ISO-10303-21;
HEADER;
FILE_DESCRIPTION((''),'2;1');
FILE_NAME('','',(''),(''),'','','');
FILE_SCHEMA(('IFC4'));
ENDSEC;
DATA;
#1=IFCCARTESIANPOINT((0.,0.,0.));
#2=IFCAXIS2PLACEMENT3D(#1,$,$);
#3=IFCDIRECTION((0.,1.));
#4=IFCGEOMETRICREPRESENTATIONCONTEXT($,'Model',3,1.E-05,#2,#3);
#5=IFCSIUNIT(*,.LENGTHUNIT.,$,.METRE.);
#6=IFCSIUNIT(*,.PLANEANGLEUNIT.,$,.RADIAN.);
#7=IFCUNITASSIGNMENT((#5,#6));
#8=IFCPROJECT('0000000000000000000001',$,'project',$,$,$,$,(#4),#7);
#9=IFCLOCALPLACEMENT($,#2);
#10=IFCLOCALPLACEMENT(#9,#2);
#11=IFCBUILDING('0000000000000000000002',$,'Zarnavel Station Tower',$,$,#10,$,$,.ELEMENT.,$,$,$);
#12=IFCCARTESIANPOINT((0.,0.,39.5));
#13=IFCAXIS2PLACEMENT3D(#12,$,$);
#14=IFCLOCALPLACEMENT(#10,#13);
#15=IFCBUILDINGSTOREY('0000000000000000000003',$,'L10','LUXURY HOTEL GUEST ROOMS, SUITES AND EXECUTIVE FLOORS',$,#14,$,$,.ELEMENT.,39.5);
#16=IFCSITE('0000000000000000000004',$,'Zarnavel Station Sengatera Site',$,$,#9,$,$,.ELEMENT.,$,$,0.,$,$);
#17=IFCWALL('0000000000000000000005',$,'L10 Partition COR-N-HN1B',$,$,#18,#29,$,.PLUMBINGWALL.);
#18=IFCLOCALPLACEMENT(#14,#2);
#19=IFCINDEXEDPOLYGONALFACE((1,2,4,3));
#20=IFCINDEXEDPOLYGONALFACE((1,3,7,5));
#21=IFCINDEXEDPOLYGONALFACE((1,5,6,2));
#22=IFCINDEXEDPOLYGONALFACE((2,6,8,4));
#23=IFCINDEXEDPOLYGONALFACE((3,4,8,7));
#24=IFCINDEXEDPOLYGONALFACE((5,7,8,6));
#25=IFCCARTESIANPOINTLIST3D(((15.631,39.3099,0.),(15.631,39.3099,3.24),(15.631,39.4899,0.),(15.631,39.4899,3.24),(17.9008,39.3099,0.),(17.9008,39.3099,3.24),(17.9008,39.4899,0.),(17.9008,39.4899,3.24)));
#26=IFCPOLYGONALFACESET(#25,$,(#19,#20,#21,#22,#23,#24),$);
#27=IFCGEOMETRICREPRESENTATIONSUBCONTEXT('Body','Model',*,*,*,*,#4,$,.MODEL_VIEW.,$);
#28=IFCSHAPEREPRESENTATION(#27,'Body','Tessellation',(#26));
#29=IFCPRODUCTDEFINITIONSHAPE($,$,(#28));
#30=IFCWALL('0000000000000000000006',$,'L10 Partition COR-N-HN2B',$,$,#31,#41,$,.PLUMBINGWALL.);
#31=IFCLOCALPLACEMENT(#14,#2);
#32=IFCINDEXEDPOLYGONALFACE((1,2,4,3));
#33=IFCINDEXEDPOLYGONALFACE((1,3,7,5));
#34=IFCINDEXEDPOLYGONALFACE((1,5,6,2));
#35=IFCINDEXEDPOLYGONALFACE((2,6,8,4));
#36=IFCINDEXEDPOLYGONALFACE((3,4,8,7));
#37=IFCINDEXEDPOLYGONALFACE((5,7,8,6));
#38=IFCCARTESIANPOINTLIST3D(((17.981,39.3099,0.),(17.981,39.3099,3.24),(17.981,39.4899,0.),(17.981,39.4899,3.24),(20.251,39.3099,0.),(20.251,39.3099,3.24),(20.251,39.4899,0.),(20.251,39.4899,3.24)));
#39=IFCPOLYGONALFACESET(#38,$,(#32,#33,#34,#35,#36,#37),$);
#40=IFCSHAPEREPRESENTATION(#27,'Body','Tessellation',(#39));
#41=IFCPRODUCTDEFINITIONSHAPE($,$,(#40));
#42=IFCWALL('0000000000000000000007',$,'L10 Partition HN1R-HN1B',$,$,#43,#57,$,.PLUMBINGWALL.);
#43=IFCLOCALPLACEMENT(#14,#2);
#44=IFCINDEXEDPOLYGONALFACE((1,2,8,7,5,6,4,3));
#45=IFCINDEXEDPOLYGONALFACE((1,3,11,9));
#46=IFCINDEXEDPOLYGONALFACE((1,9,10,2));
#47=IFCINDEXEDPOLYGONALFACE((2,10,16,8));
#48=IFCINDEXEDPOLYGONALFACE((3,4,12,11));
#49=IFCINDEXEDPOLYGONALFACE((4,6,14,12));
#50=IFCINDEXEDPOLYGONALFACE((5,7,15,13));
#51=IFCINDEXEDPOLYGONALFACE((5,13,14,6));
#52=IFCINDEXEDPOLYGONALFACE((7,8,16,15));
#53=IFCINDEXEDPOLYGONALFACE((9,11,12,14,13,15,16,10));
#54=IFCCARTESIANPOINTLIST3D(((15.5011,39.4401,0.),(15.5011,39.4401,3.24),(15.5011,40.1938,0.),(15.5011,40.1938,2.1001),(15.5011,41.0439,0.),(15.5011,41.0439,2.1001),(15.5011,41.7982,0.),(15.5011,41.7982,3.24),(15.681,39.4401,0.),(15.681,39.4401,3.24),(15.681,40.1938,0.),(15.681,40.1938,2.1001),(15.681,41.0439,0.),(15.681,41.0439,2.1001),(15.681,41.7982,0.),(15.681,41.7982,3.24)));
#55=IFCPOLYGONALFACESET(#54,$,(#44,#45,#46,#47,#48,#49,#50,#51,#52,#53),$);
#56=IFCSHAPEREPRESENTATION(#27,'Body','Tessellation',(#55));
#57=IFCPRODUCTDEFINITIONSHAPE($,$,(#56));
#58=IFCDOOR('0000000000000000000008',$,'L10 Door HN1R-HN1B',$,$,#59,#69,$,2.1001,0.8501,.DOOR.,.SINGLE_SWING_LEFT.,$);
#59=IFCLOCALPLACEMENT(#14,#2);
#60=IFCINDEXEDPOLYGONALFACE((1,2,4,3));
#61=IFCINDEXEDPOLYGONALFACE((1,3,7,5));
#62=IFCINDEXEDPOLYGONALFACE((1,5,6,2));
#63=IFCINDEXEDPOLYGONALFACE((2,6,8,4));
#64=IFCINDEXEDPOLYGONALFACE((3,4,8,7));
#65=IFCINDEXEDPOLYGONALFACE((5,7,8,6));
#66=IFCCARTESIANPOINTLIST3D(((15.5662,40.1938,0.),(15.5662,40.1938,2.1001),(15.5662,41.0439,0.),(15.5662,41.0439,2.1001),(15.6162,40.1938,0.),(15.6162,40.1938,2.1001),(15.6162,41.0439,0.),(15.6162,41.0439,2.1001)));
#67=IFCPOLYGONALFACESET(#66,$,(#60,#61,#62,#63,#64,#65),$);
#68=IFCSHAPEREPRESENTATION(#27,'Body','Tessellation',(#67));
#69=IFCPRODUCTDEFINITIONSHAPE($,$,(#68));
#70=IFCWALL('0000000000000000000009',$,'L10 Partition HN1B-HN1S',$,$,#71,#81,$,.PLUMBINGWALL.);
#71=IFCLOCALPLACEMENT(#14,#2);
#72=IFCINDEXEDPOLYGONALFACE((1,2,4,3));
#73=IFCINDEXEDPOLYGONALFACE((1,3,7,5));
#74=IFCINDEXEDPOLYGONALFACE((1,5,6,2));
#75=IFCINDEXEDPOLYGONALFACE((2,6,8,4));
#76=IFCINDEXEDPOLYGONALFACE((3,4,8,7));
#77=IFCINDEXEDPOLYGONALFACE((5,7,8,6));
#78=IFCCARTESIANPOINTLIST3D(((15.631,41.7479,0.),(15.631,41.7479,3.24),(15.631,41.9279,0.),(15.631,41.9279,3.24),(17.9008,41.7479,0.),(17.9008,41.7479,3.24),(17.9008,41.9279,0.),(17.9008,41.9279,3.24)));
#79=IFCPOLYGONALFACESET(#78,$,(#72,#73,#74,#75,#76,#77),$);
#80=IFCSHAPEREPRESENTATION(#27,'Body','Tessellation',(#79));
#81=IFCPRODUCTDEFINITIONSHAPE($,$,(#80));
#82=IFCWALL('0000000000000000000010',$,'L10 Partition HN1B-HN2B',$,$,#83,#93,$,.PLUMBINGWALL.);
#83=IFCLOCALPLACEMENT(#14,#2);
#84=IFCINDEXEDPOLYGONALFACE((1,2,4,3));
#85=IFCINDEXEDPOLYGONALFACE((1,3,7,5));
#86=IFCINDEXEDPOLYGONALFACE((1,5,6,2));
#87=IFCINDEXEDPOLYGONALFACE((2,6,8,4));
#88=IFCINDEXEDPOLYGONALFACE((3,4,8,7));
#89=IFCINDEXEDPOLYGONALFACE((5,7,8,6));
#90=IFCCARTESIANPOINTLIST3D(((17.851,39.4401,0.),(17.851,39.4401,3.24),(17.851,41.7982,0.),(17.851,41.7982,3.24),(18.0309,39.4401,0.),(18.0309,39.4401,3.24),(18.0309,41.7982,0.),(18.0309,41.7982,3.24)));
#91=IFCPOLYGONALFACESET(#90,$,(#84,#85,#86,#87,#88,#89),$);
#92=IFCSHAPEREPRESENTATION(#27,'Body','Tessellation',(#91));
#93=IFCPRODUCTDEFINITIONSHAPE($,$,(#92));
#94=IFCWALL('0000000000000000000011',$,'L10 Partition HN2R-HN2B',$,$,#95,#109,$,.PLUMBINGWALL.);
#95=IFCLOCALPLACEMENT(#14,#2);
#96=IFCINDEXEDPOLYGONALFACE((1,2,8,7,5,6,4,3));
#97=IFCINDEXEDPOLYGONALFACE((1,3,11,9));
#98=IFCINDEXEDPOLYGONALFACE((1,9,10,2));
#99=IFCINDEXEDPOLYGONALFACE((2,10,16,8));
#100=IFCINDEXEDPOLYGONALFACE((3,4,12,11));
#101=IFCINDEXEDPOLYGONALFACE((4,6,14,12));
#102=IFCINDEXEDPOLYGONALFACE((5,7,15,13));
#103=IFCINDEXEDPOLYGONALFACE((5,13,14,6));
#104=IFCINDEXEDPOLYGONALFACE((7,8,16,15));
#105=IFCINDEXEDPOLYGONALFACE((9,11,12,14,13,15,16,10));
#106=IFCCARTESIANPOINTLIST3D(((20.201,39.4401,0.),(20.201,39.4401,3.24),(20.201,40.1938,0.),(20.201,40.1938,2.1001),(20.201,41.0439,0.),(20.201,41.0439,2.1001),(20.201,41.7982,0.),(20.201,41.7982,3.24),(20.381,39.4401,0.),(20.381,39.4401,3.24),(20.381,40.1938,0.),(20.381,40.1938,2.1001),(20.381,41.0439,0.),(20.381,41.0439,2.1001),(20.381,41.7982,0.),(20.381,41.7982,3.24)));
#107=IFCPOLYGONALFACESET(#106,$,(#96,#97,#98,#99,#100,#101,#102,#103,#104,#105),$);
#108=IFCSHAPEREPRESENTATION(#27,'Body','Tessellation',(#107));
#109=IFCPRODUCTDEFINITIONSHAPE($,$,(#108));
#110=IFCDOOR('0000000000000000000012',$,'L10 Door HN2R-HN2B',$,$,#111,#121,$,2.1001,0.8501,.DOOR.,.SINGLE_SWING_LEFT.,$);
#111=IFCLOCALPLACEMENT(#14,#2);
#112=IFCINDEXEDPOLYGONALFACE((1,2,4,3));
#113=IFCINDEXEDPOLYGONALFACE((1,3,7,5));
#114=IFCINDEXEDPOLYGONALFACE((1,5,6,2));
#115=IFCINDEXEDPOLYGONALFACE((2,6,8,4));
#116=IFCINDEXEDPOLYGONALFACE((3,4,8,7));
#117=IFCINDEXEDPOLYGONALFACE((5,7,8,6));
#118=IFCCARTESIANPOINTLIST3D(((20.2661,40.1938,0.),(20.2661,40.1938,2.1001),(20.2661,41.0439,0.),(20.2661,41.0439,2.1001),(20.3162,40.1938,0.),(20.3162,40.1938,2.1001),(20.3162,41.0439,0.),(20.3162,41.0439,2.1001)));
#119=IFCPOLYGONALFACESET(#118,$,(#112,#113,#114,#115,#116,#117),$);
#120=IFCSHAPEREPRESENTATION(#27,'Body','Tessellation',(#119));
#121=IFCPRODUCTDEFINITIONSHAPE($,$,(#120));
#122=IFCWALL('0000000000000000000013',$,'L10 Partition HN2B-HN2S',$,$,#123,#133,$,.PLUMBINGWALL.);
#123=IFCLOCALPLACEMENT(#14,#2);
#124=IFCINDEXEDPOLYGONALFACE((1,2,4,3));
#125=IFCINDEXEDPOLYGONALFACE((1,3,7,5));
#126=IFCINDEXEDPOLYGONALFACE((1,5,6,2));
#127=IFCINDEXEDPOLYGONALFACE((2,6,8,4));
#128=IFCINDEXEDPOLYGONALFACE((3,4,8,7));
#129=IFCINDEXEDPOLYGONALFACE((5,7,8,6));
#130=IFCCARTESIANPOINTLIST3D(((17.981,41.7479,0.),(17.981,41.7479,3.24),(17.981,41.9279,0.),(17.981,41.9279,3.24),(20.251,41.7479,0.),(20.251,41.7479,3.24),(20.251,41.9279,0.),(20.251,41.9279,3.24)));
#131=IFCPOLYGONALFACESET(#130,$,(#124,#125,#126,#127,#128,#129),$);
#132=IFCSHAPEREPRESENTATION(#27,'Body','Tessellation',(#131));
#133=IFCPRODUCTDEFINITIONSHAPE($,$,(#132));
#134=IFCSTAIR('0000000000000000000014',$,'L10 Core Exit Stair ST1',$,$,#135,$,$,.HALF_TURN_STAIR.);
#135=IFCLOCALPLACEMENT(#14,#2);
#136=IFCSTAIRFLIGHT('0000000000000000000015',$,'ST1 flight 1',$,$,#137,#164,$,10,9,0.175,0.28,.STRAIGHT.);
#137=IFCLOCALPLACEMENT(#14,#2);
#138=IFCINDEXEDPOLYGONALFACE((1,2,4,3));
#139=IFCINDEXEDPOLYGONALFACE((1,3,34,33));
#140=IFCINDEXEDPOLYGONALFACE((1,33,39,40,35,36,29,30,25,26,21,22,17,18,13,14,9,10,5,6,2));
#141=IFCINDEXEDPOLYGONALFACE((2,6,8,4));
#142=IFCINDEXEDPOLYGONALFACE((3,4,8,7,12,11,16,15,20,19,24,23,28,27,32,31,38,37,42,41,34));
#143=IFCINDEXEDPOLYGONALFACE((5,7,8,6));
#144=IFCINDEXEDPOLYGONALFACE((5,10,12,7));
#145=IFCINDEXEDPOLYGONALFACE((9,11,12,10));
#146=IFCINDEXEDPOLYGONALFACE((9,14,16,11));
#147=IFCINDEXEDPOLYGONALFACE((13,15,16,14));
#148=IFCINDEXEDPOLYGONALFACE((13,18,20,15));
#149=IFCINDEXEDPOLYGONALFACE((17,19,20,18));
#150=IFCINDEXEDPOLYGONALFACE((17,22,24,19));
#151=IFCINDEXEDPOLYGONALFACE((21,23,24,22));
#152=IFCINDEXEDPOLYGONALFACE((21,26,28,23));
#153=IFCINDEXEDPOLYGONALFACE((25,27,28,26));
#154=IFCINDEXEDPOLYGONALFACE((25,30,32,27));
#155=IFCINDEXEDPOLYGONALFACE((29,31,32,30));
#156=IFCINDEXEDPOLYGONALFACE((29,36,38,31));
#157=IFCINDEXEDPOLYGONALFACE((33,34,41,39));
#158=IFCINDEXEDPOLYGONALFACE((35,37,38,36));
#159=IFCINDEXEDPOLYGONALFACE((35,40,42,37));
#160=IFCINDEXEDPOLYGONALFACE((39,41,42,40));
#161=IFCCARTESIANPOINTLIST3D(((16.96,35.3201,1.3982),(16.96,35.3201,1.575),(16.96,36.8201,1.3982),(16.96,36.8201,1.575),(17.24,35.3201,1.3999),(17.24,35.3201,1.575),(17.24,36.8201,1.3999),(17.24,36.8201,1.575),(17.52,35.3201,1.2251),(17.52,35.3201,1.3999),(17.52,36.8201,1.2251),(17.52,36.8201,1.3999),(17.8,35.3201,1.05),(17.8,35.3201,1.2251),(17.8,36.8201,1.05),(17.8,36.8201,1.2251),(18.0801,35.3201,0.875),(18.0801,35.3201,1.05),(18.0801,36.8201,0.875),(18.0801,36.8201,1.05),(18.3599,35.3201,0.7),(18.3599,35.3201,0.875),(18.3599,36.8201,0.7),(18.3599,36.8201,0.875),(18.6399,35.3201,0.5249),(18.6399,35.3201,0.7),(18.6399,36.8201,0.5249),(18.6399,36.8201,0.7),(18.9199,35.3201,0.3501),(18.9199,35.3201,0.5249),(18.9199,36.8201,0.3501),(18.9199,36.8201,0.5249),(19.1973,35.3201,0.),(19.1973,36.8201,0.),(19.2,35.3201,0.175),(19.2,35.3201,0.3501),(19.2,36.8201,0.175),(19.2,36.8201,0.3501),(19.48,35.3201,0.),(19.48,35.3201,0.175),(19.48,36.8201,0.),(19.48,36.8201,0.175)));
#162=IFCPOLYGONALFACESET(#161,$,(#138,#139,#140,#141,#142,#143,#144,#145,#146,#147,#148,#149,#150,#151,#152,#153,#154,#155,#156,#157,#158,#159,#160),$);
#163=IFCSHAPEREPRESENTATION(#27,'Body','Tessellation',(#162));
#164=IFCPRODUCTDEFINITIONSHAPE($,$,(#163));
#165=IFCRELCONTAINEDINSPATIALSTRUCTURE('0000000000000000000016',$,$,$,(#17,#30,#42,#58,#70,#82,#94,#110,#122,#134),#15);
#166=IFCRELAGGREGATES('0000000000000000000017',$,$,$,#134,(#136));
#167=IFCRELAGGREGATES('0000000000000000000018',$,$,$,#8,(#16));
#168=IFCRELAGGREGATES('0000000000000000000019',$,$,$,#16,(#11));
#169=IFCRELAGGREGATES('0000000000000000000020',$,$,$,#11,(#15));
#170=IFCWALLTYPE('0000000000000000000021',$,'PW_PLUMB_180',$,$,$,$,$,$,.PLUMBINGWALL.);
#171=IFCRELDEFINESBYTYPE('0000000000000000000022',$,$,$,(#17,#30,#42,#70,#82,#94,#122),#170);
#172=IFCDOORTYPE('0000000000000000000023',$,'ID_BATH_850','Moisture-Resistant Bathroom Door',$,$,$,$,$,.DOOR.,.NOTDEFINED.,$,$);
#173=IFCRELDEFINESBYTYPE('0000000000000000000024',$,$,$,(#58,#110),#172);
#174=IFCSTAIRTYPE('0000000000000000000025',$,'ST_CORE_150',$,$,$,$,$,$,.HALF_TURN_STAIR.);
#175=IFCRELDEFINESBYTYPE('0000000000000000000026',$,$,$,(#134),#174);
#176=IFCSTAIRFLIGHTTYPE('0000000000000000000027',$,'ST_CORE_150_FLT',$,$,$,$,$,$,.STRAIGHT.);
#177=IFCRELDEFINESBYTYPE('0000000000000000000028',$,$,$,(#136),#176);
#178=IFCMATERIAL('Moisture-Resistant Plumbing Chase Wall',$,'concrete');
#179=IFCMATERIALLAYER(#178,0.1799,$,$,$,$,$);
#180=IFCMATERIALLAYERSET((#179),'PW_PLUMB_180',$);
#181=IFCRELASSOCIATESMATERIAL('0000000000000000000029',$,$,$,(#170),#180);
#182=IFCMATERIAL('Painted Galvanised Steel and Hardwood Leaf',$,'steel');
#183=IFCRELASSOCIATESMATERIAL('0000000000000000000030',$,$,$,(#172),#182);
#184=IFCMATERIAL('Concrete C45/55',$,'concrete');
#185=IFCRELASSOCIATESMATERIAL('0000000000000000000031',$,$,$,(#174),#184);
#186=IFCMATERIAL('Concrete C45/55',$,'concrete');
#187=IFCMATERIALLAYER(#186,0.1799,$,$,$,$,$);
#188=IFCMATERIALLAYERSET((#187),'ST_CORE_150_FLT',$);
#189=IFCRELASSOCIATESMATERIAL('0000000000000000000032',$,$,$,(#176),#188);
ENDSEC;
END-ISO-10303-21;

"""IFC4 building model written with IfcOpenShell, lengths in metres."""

from ifc_helpers import new_model, si_unit, direction, frame, frame_2d, origin, place, context, subcontext, project, spatial, polyline, rectangle, outline, extrude, material, layer, layer_set, type_object, element, fill, aggregate, save


model = new_model("IFC4")

# Units and contexts
model_context = context("Model", 3, precision=1e-05, world=origin(), true_north=direction((0.0, 1.0)))
body_context = subcontext(model_context, "Body", "Model", "MODEL_VIEW")
ifc_project = project(units=[si_unit("LENGTHUNIT", "METRE"), si_unit("PLANEANGLEUNIT", "RADIAN")], contexts=[model_context])

# Site, building, storey
site_placement = place(None, origin())
site = spatial("IfcSite", under=ifc_project, at=site_placement, Name="Zarnavel Station Sengatera Site", CompositionType="ELEMENT", RefElevation=0.0)
building_placement = place(site_placement, origin())
building = spatial("IfcBuilding", under=site, at=building_placement, Name="Zarnavel Station Tower", CompositionType="ELEMENT")
storey_placement = place(building_placement, frame((0.0, 0.0, 39.5)))
storey = spatial("IfcBuildingStorey", under=building, at=storey_placement, Name="L10", Description="LUXURY HOTEL GUEST ROOMS, SUITES AND EXECUTIVE FLOORS", CompositionType="ELEMENT", Elevation=39.5)

# Walls
ifc_material_1 = material(Name="Moisture-Resistant Plumbing Chase Wall", Category="concrete")
ifc_layer_1 = layer(ifc_material_1, 0.1799)
ifc_layer_set_1 = layer_set([ifc_layer_1], Name="PW_PLUMB_180")
wall_type_1 = type_object("IfcWallType", Name="PW_PLUMB_180", PredefinedType="PLUMBINGWALL", material=ifc_layer_set_1)
wall_1_placement = place(storey_placement, frame((15.6311, 39.3999, 0.0), z_axis=(0.0, 0.0, 1.0), x_axis=(1.0, 0.0, 0.0)))
element("IfcWall", 1, at=wall_1_placement, inside=storey, type_object=wall_type_1, Name="L10 Partition COR-N-HN1B", PredefinedType="PLUMBINGWALL", context=body_context, shape_type="SweptSolid", body=[
    extrude(rectangle(XDim=2.2698, YDim=0.1799, at=frame_2d((1.1348, 0.0))), origin(), (0.0, 0.0, 1.0), 3.24),
])
wall_2_placement = place(storey_placement, frame((17.981, 39.3999, 0.0), z_axis=(0.0, 0.0, 1.0), x_axis=(1.0, 0.0, 0.0)))
element("IfcWall", 2, at=wall_2_placement, inside=storey, type_object=wall_type_1, Name="L10 Partition COR-N-HN2B", PredefinedType="PLUMBINGWALL", context=body_context, shape_type="SweptSolid", body=[
    extrude(rectangle(XDim=2.27, YDim=0.1799, at=frame_2d((1.135, 0.0))), origin(), (0.0, 0.0, 1.0), 3.24),
])

# Wall, opening, door
wall_3_placement = place(storey_placement, frame((15.5911, 39.4399, 0.0), z_axis=(0.0, 0.0, 1.0), x_axis=(0.0, 1.0, 0.0)))
wall_3 = element("IfcWall", 3, at=wall_3_placement, inside=storey, type_object=wall_type_1, Name="L10 Partition HN1R-HN1B", PredefinedType="PLUMBINGWALL", context=body_context, shape_type="SweptSolid", body=[
    extrude(rectangle(XDim=2.3582, YDim=0.1799, at=frame_2d((1.1792, 0.0))), origin(), (0.0, 0.0, 1.0), 3.24),
])
opening_1_placement = place(wall_3_placement, frame((0.7539, 0.0, 0.0)))
opening_1 = element("IfcOpeningElement", 4, at=opening_1_placement, cuts=wall_3, PredefinedType="OPENING", context=body_context, shape_type="SweptSolid", body=[
    extrude(rectangle(XDim=0.8501, YDim=2.1001, at=frame_2d((0.425, 1.05))), frame((0.0, 0.0999, 0.0), z_axis=(0.0, -1.0, 0.0), x_axis=(1.0, 0.0, 0.0)), (0.0, 0.0, 1.0), 0.2),
])
ifc_material_2 = material(Name="Painted Galvanised Steel and Hardwood Leaf", Category="steel")
door_type_1 = type_object("IfcDoorType", Name="ID_BATH_850", Description="Moisture-Resistant Bathroom Door", OperationType="NOTDEFINED", PredefinedType="DOOR", material=ifc_material_2)
door_1_placement = place(opening_1_placement, origin())
door_1 = element("IfcDoor", 5, at=door_1_placement, inside=storey, type_object=door_type_1, Name="L10 Door HN1R-HN1B", OperationType="SINGLE_SWING_LEFT", OverallHeight=2.1001, OverallWidth=0.8501, PredefinedType="DOOR", context=body_context, shape_type="SweptSolid", body=[
    extrude(rectangle(XDim=0.8501, YDim=2.1001, at=frame_2d((0.425, 1.05))), frame((0.0, 0.0249, 0.0), z_axis=(0.0, -1.0, 0.0), x_axis=(1.0, 0.0, 0.0)), (0.0, 0.0, 1.0), 0.05),
])
fill(opening_1, door_1)

# Walls
wall_4_placement = place(storey_placement, frame((15.6311, 41.8379, 0.0), z_axis=(0.0, 0.0, 1.0), x_axis=(1.0, 0.0, 0.0)))
element("IfcWall", 6, at=wall_4_placement, inside=storey, type_object=wall_type_1, Name="L10 Partition HN1B-HN1S", PredefinedType="PLUMBINGWALL", context=body_context, shape_type="SweptSolid", body=[
    extrude(rectangle(XDim=2.2698, YDim=0.1799, at=frame_2d((1.1348, 0.0))), origin(), (0.0, 0.0, 1.0), 3.24),
])
wall_5_placement = place(storey_placement, frame((17.9409, 39.4399, 0.0), z_axis=(0.0, 0.0, 1.0), x_axis=(0.0, 1.0, 0.0)))
element("IfcWall", 7, at=wall_5_placement, inside=storey, type_object=wall_type_1, Name="L10 Partition HN1B-HN2B", PredefinedType="PLUMBINGWALL", context=body_context, shape_type="SweptSolid", body=[
    extrude(rectangle(XDim=2.3582, YDim=0.1799, at=frame_2d((1.1792, 0.0))), origin(), (0.0, 0.0, 1.0), 3.24),
])

# Wall, opening, door
wall_6_placement = place(storey_placement, frame((20.291, 39.4399, 0.0), z_axis=(0.0, 0.0, 1.0), x_axis=(0.0, 1.0, 0.0)))
wall_6 = element("IfcWall", 8, at=wall_6_placement, inside=storey, type_object=wall_type_1, Name="L10 Partition HN2R-HN2B", PredefinedType="PLUMBINGWALL", context=body_context, shape_type="SweptSolid", body=[
    extrude(rectangle(XDim=2.3582, YDim=0.1799, at=frame_2d((1.1792, 0.0))), origin(), (0.0, 0.0, 1.0), 3.24),
])
opening_2_placement = place(wall_6_placement, frame((0.7539, 0.0, 0.0)))
opening_2 = element("IfcOpeningElement", 9, at=opening_2_placement, cuts=wall_6, PredefinedType="OPENING", context=body_context, shape_type="SweptSolid", body=[
    extrude(rectangle(XDim=0.8501, YDim=2.1001, at=frame_2d((0.425, 1.05))), frame((0.0, 0.0999, 0.0), z_axis=(0.0, -1.0, 0.0), x_axis=(1.0, 0.0, 0.0)), (0.0, 0.0, 1.0), 0.2),
])
door_2_placement = place(opening_2_placement, origin())
door_2 = element("IfcDoor", 10, at=door_2_placement, inside=storey, type_object=door_type_1, Name="L10 Door HN2R-HN2B", OperationType="SINGLE_SWING_LEFT", OverallHeight=2.1001, OverallWidth=0.8501, PredefinedType="DOOR", context=body_context, shape_type="SweptSolid", body=[
    extrude(rectangle(XDim=0.8501, YDim=2.1001, at=frame_2d((0.425, 1.05))), frame((0.0, 0.0249, 0.0), z_axis=(0.0, -1.0, 0.0), x_axis=(1.0, 0.0, 0.0)), (0.0, 0.0, 1.0), 0.05),
])
fill(opening_2, door_2)

# Wall
wall_7_placement = place(storey_placement, frame((17.981, 41.8379, 0.0), z_axis=(0.0, 0.0, 1.0), x_axis=(1.0, 0.0, 0.0)))
element("IfcWall", 11, at=wall_7_placement, inside=storey, type_object=wall_type_1, Name="L10 Partition HN2B-HN2S", PredefinedType="PLUMBINGWALL", context=body_context, shape_type="SweptSolid", body=[
    extrude(rectangle(XDim=2.27, YDim=0.1799, at=frame_2d((1.135, 0.0))), origin(), (0.0, 0.0, 1.0), 3.24),
])

# Stair, stair flight
ifc_material_3 = material(Name="Concrete C45/55", Category="concrete")
stair_type = type_object("IfcStairType", Name="ST_CORE_150", PredefinedType="HALF_TURN_STAIR", material=ifc_material_3)
stair_placement = place(storey_placement, origin())
stair = element("IfcStair", 12, at=stair_placement, inside=storey, type_object=stair_type, Name="L10 Core Exit Stair ST1", PredefinedType="HALF_TURN_STAIR")
ifc_material_4 = material(Name="Concrete C45/55", Category="concrete")
ifc_layer_2 = layer(ifc_material_4, 0.1799)
ifc_layer_set_2 = layer_set([ifc_layer_2], Name="ST_CORE_150_FLT")
stair_flight_type = type_object("IfcStairFlightType", Name="ST_CORE_150_FLT", PredefinedType="STRAIGHT", material=ifc_layer_set_2)
stair_flight_1_placement = place(storey_placement, frame((19.48, 36.0701, 0.0), z_axis=(0.0, 0.0, 1.0), x_axis=(-1.0, 0.0, 0.0)))
stair_flight_1 = element("IfcStairFlight", 13, at=stair_flight_1_placement, type_object=stair_flight_type, Name="ST1 flight 1", NumberOfRisers=10, NumberOfTreads=9, PredefinedType="STRAIGHT", RiserHeight=0.175, TreadLength=0.28, context=body_context, shape_type="SweptSolid", body=[
    extrude(outline(polyline([(0.0, 0.0), (0.0, 0.175), (0.28, 0.175), (0.28, 0.3501), (0.5601, 0.3501), (0.5601, 0.5249), (0.8401, 0.5249), (0.8401, 0.7), (1.1201, 0.7), (1.1201, 0.875), (1.3999, 0.875), (1.3999, 1.05), (1.6799, 1.05), (1.6799, 1.2251), (1.96, 1.2251), (1.96, 1.3999), (2.24, 1.3999), (2.24, 1.575), (2.52, 1.575), (2.52, 1.75), (2.52, 1.3982), (0.2827, 0.0), (0.0, 0.0)])), frame((0.0, 0.75, 0.0), z_axis=(0.0, -1.0, 0.0), x_axis=(1.0, 0.0, 0.0)), (0.0, 0.0, 1.0), 1.5),
])
aggregate(stair, [stair_flight_1])

save(model, "model.ifc")
